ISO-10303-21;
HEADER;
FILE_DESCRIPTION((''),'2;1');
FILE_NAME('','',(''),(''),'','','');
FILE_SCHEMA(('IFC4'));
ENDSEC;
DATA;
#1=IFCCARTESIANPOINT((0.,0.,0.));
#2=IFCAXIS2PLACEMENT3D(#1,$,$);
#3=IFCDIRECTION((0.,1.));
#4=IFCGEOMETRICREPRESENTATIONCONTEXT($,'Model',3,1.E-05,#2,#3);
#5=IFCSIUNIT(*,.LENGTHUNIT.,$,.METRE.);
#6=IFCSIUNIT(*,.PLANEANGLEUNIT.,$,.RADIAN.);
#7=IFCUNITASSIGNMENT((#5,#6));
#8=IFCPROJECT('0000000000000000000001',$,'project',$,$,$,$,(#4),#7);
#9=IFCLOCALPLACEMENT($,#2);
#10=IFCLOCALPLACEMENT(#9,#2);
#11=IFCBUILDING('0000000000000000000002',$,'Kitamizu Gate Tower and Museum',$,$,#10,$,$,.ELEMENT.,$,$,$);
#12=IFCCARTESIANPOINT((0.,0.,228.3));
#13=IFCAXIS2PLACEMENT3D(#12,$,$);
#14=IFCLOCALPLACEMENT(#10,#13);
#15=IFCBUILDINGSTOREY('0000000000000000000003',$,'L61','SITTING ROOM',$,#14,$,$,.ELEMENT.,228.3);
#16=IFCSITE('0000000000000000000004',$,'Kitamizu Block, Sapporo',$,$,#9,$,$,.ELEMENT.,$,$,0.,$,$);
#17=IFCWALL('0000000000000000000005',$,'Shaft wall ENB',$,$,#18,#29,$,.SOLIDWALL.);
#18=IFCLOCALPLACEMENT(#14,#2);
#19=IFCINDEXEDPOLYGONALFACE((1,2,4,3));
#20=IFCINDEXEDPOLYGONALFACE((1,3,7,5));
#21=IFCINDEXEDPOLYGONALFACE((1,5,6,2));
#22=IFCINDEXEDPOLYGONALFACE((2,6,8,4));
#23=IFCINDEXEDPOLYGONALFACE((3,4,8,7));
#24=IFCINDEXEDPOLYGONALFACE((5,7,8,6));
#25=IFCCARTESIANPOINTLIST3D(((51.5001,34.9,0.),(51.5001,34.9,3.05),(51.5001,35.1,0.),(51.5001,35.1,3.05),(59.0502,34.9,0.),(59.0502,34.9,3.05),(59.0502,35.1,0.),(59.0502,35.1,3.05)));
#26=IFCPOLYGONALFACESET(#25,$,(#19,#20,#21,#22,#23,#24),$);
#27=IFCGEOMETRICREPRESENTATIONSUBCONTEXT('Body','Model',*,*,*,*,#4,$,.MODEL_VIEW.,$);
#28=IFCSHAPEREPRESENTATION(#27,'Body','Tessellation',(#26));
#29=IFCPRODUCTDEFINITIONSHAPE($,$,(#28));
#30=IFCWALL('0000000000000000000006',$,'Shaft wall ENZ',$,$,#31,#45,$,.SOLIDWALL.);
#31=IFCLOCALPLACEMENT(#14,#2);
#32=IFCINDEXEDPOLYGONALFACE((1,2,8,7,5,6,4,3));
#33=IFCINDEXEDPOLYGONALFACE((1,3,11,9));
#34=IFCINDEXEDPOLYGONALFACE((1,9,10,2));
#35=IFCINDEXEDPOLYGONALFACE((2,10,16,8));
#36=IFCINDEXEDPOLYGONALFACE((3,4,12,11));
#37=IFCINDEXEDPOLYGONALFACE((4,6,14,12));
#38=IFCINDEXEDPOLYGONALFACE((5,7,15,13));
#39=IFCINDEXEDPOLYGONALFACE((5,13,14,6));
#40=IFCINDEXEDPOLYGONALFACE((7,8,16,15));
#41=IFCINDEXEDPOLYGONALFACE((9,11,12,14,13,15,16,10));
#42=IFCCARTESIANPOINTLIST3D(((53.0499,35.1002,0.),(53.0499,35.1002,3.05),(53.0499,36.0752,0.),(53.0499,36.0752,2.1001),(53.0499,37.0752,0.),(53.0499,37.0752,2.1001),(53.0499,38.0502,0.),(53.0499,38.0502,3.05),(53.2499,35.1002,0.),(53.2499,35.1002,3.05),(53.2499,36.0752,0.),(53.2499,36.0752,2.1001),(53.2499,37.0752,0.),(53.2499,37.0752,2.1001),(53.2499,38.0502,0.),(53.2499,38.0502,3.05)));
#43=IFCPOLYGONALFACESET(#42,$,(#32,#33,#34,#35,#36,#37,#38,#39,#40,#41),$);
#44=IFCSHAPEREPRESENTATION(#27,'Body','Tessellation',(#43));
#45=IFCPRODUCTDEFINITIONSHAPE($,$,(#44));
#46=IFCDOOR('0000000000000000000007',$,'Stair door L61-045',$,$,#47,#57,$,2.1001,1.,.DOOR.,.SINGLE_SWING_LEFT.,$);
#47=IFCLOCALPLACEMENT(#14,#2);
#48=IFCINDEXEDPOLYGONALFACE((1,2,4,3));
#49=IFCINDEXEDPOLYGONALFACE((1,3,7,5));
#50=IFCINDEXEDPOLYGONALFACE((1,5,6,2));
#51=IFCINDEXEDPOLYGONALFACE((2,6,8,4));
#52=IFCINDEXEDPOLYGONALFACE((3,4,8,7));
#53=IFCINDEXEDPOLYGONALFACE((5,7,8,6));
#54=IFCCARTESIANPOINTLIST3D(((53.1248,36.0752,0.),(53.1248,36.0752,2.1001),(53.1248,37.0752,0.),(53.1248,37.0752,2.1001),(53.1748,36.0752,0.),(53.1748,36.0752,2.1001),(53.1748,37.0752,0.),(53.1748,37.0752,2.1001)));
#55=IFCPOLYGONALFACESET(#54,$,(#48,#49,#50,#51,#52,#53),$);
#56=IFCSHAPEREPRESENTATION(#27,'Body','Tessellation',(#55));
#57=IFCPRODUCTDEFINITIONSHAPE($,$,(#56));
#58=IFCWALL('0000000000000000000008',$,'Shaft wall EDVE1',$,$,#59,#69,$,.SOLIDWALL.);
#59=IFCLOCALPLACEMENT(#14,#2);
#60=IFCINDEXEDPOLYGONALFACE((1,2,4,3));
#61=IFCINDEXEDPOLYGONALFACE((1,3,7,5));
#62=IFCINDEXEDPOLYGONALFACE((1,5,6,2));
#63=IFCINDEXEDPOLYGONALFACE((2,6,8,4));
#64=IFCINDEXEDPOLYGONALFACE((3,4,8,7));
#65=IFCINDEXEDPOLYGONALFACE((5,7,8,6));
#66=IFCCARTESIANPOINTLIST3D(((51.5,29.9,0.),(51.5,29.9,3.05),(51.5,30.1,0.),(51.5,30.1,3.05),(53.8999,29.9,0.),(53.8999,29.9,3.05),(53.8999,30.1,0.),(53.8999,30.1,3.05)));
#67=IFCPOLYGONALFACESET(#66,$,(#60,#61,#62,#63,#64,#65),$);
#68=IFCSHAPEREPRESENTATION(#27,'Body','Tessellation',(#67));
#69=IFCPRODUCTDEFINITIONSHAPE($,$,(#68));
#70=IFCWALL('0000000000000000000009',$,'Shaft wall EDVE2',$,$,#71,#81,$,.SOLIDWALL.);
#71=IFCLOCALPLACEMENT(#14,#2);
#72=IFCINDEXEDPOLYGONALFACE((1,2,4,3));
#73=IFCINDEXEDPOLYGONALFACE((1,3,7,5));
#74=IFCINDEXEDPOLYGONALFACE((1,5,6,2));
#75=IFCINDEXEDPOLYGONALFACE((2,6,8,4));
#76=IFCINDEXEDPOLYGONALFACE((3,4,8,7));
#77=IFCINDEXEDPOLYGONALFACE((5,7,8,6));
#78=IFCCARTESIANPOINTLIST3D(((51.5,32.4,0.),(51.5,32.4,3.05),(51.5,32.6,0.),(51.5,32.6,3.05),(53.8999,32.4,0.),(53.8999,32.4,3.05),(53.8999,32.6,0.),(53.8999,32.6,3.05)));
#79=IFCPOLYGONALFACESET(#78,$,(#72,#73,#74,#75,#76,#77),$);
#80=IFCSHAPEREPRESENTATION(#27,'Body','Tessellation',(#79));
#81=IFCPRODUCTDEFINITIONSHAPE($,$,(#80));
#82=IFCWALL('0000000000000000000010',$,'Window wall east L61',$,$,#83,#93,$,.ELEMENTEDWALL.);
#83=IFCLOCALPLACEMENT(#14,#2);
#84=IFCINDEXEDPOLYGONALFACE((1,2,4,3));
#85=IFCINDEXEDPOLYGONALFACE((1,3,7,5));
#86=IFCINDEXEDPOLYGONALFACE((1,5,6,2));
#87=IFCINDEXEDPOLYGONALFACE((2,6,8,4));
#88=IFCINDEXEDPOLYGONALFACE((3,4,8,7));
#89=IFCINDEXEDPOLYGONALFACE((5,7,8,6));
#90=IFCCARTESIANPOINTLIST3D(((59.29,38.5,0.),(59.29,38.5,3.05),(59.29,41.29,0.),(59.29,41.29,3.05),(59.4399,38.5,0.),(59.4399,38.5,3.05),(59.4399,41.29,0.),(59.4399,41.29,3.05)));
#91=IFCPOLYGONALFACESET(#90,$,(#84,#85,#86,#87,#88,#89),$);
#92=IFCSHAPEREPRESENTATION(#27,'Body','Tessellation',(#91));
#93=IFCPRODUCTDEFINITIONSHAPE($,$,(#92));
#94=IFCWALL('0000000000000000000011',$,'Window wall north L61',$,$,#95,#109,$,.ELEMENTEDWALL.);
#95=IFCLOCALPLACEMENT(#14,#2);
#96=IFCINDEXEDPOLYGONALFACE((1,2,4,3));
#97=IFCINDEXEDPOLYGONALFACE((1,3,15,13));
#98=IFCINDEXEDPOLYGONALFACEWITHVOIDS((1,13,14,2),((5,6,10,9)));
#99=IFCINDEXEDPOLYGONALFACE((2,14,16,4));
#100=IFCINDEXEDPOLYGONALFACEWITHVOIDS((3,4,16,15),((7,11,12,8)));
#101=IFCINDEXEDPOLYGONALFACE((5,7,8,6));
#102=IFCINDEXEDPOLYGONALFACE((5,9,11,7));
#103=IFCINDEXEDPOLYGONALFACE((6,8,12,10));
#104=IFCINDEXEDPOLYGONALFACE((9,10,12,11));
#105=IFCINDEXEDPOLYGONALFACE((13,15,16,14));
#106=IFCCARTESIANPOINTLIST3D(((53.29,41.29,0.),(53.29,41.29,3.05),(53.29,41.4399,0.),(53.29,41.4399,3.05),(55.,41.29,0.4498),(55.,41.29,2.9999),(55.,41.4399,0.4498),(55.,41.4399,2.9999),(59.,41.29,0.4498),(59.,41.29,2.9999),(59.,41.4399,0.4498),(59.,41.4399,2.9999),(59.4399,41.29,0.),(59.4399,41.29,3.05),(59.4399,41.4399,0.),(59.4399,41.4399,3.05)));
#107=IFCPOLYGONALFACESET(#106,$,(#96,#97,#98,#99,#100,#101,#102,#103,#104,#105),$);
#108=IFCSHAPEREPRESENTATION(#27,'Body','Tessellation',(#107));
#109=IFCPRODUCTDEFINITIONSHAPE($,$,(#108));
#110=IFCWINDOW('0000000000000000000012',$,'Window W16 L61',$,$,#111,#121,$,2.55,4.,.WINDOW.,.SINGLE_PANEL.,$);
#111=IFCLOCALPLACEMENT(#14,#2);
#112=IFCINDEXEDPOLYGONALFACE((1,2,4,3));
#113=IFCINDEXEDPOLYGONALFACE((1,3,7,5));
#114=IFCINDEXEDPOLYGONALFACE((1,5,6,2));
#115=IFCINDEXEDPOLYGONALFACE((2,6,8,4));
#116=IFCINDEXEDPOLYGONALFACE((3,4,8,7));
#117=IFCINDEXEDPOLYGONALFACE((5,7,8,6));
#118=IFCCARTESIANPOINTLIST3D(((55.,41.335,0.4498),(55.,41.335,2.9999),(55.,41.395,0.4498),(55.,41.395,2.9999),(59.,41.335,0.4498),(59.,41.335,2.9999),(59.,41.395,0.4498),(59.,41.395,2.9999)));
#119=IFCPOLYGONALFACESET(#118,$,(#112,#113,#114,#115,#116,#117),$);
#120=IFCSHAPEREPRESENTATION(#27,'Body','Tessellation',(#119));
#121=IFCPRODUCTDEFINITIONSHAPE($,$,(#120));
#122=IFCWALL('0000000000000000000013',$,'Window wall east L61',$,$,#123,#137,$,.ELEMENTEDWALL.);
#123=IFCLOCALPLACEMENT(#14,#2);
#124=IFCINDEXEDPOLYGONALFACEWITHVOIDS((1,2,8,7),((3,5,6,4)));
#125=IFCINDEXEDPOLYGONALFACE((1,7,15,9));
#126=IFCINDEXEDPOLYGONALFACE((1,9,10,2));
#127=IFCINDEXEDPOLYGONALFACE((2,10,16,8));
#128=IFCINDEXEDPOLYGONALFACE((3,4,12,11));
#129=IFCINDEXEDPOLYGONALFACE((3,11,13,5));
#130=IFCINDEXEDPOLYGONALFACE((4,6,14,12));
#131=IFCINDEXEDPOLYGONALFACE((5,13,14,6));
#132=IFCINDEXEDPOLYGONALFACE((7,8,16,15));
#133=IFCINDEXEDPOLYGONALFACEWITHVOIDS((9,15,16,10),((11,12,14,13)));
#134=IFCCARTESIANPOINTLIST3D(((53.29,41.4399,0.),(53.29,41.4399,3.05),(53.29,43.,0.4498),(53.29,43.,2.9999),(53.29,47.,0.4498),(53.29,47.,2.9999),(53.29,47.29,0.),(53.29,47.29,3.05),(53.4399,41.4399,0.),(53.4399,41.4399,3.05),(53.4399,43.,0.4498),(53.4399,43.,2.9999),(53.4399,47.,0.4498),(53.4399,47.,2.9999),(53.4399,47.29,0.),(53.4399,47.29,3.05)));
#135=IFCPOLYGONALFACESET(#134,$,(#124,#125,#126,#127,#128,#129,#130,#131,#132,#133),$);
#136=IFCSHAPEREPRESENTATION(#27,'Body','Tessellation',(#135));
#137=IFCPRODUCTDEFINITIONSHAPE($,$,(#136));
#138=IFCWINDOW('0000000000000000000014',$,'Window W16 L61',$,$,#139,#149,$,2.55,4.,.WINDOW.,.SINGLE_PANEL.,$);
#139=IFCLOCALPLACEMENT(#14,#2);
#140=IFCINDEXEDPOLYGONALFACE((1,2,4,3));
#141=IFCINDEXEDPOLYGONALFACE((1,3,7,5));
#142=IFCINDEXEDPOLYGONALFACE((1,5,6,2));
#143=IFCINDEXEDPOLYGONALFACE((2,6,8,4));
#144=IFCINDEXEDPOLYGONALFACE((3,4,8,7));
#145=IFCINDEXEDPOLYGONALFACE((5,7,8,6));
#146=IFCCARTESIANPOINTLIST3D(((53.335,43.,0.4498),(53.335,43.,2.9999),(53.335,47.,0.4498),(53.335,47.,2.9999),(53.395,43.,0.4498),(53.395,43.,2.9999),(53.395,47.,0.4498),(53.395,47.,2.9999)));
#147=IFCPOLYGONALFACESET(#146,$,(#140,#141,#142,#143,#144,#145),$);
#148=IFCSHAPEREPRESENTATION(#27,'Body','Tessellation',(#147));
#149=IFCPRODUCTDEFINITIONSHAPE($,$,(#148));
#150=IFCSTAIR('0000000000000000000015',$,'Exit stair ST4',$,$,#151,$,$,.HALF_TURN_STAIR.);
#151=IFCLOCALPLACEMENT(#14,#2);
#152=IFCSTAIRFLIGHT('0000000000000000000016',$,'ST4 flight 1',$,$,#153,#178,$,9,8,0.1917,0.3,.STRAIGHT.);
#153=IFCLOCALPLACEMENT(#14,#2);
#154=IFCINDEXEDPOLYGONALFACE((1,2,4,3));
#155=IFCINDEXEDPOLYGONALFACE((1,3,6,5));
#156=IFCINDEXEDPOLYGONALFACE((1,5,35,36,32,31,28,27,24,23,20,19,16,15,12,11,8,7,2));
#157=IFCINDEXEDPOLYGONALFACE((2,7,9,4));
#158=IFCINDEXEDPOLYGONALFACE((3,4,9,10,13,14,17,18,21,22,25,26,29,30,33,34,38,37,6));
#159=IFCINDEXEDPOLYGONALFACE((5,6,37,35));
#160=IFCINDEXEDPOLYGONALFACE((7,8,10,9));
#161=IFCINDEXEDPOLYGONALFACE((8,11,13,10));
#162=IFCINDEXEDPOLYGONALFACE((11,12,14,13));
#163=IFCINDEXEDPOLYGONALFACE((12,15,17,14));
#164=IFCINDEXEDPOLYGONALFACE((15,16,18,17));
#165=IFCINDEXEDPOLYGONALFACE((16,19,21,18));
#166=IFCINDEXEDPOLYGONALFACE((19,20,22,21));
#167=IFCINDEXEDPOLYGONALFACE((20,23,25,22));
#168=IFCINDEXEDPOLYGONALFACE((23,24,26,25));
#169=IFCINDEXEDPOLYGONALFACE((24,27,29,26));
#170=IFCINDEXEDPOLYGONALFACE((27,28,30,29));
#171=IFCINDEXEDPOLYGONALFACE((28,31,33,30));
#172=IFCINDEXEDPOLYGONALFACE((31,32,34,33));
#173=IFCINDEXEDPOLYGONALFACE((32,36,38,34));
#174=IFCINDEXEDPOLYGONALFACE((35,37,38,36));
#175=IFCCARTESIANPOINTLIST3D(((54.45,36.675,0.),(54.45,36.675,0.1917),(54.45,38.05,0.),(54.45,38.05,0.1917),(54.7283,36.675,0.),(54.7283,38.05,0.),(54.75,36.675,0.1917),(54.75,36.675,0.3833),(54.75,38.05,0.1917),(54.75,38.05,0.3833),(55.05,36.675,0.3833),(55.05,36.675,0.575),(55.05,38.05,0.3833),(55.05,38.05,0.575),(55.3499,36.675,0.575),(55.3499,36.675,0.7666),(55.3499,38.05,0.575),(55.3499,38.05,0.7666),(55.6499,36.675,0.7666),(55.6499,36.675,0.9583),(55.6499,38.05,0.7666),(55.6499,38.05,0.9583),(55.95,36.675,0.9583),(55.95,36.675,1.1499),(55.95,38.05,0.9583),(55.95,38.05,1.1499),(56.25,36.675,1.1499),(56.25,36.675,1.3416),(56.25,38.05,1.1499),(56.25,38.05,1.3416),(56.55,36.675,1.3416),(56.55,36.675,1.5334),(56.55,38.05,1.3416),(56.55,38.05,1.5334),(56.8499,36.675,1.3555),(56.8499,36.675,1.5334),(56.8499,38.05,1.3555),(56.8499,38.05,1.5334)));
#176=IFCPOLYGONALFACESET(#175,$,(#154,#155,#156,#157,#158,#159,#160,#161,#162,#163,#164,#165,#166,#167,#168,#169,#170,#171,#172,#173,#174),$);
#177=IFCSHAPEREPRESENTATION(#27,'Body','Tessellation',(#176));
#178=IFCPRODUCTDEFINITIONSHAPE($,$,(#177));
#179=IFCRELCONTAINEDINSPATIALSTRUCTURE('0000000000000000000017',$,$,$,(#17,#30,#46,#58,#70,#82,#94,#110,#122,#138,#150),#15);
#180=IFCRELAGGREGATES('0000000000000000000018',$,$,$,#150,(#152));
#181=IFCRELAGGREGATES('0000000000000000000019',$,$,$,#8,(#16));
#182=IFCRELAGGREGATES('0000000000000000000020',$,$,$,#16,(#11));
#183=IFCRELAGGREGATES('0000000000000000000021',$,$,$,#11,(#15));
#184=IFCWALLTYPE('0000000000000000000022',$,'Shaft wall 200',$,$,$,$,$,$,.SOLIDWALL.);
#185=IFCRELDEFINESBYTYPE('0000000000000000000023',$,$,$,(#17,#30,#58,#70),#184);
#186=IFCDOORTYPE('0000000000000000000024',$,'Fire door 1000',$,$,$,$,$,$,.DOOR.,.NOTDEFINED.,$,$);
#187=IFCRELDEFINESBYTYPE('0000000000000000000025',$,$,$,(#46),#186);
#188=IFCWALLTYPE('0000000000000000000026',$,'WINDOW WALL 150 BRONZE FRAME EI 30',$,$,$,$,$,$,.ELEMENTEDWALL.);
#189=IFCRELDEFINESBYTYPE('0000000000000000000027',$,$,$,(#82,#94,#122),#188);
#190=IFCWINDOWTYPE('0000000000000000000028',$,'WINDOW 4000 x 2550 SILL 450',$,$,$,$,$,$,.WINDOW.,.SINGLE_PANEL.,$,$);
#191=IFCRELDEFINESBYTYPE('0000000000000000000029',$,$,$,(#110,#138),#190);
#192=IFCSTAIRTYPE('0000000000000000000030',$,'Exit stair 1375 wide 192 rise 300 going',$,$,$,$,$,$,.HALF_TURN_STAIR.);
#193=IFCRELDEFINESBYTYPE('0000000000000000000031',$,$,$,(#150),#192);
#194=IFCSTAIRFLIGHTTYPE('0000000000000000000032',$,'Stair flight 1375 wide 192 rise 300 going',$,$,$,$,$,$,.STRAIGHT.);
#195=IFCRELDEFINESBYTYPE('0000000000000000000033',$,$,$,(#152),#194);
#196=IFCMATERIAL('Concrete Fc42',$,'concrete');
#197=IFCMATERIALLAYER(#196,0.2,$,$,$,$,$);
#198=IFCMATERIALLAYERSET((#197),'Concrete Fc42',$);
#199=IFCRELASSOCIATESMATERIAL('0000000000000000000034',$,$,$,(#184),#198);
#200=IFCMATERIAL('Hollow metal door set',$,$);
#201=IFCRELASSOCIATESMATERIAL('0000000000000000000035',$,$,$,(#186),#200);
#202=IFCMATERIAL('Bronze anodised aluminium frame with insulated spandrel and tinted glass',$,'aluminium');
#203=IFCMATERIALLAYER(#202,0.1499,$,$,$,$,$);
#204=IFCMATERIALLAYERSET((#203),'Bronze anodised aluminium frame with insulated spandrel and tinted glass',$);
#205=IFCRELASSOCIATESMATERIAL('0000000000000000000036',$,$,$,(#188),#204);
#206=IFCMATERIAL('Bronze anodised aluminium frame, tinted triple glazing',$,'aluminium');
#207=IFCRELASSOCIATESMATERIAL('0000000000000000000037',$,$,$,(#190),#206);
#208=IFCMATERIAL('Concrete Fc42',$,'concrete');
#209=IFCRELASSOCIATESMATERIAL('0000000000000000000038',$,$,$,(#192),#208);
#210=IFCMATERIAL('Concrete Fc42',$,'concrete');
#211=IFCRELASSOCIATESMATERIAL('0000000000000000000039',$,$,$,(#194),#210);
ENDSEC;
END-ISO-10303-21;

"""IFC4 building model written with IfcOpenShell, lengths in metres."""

from ifc_helpers import new_model, si_unit, direction, frame, frame_2d, origin, place, context, subcontext, project, spatial, polyline, rectangle, outline, extrude, material, layer, layer_set, type_object, element, fill, aggregate, save


model = new_model("IFC4")

# Units and contexts
model_context = context("Model", 3, precision=1e-05, world=origin(), true_north=direction((0.0, 1.0)))
body_context = subcontext(model_context, "Body", "Model", "MODEL_VIEW")
ifc_project = project(units=[si_unit("LENGTHUNIT", "METRE"), si_unit("PLANEANGLEUNIT", "RADIAN")], contexts=[model_context])

# Site, building, storey
site_placement = place(None, origin())
site = spatial("IfcSite", under=ifc_project, at=site_placement, Name="Kitamizu Block, Sapporo", CompositionType="ELEMENT", RefElevation=0.0)
building_placement = place(site_placement, origin())
building = spatial("IfcBuilding", under=site, at=building_placement, Name="Kitamizu Gate Tower and Museum", CompositionType="ELEMENT")
storey_placement = place(building_placement, frame((0.0, 0.0, 228.3)))
storey = spatial("IfcBuildingStorey", under=building, at=storey_placement, Name="L61", Description="SITTING ROOM", CompositionType="ELEMENT", Elevation=228.3)

# Wall
ifc_material_1 = material(Name="Concrete Fc42", Category="concrete")
ifc_layer_1 = layer(ifc_material_1, 0.2)
ifc_layer_set_1 = layer_set([ifc_layer_1], Name="Concrete Fc42")
wall_type_1 = type_object("IfcWallType", Name="Shaft wall 200", PredefinedType="SOLIDWALL", material=ifc_layer_set_1)
wall_1_placement = place(storey_placement, frame((59.05, 35.0, 0.0), z_axis=(0.0, 0.0, 1.0), x_axis=(-1.0, 0.0, 0.0)))
element("IfcWall", 1, at=wall_1_placement, inside=storey, type_object=wall_type_1, Name="Shaft wall ENB", PredefinedType="SOLIDWALL", context=body_context, shape_type="SweptSolid", body=[
    extrude(rectangle(XDim=7.55, YDim=0.2, at=frame_2d((3.7749, 0.0))), origin(), (0.0, 0.0, 1.0), 3.05),
])

# Wall, opening, door
wall_2_placement = place(storey_placement, frame((53.1499, 35.1001, 0.0), z_axis=(0.0, 0.0, 1.0), x_axis=(0.0, 1.0, 0.0)))
wall_2 = element("IfcWall", 2, at=wall_2_placement, inside=storey, type_object=wall_type_1, Name="Shaft wall ENZ", PredefinedType="SOLIDWALL", context=body_context, shape_type="SweptSolid", body=[
    extrude(rectangle(XDim=2.95, YDim=0.2, at=frame_2d((1.4751, 0.0))), origin(), (0.0, 0.0, 1.0), 3.05),
])
opening_1_placement = place(wall_2_placement, frame((0.9751, 0.0, 0.0)))
opening_1 = element("IfcOpeningElement", 3, at=opening_1_placement, cuts=wall_2, PredefinedType="OPENING", context=body_context, shape_type="SweptSolid", body=[
    extrude(rectangle(XDim=1.0, YDim=2.1001, at=frame_2d((0.5, 1.05))), frame((0.0, 0.1099, 0.0), z_axis=(0.0, -1.0, 0.0), x_axis=(1.0, 0.0, 0.0)), (0.0, 0.0, 1.0), 0.22),
])
ifc_material_2 = material(Name="Hollow metal door set")
door_type_1 = type_object("IfcDoorType", Name="Fire door 1000", OperationType="NOTDEFINED", PredefinedType="DOOR", material=ifc_material_2)
door_1_placement = place(opening_1_placement, frame((1.0, 0.0, 0.0), x_axis=(-1.0, 0.0, 0.0)))
door_1 = element("IfcDoor", 4, at=door_1_placement, inside=storey, type_object=door_type_1, Name="Stair door L61-045", OperationType="SINGLE_SWING_LEFT", OverallHeight=2.1001, OverallWidth=1.0, PredefinedType="DOOR", context=body_context, shape_type="SweptSolid", body=[
    extrude(rectangle(XDim=1.0, YDim=2.1001, at=frame_2d((0.5, 1.05))), frame((0.0, 0.0249, 0.0), z_axis=(0.0, -1.0, 0.0), x_axis=(1.0, 0.0, 0.0)), (0.0, 0.0, 1.0), 0.05),
])
fill(opening_1, door_1)

# Walls
for number, where, z_axis, x_axis, name in (
    (5, (53.8999, 30.0, 0.0), (0.0, 0.0, 1.0), (-1.0, 0.0, 0.0), "Shaft wall EDVE1"),
    (6, (53.8999, 32.5, 0.0), (0.0, 0.0, 1.0), (-1.0, 0.0, 0.0), "Shaft wall EDVE2"),
):
    element("IfcWall", number, at=place(storey_placement, frame(where, z_axis=z_axis, x_axis=x_axis)), inside=storey, type_object=wall_type_1, Name=name, PredefinedType="SOLIDWALL", context=body_context, shape_type="SweptSolid", body=[
        extrude(rectangle(XDim=2.3999, YDim=0.2, at=frame_2d((1.2, 0.0))), origin(), (0.0, 0.0, 1.0), 3.05),
    ])
ifc_material_3 = material(Name="Bronze anodised aluminium frame with insulated spandrel and tinted glass", Category="aluminium")
ifc_layer_2 = layer(ifc_material_3, 0.1499)
ifc_layer_set_2 = layer_set([ifc_layer_2], Name="Bronze anodised aluminium frame with insulated spandrel and tinted glass")
wall_type_2 = type_object("IfcWallType", Name="WINDOW WALL 150 BRONZE FRAME EI 30", PredefinedType="ELEMENTEDWALL", material=ifc_layer_set_2)
wall_3_placement = place(storey_placement, frame((59.365, 38.5, 0.0), z_axis=(0.0, 0.0, 1.0), x_axis=(0.0, 1.0, 0.0)))
element("IfcWall", 7, at=wall_3_placement, inside=storey, type_object=wall_type_2, Name="Window wall east L61", PredefinedType="ELEMENTEDWALL", context=body_context, shape_type="SweptSolid", body=[
    extrude(rectangle(XDim=2.79, YDim=0.1499, at=frame_2d((1.395, 0.0))), origin(), (0.0, 0.0, 1.0), 3.05),
])

# Walls, openings, windows
wall_4_placement = place(storey_placement, frame((53.29, 41.365, 0.0), z_axis=(0.0, 0.0, 1.0), x_axis=(1.0, 0.0, 0.0)))
wall_4 = element("IfcWall", 8, at=wall_4_placement, inside=storey, type_object=wall_type_2, Name="Window wall north L61", PredefinedType="ELEMENTEDWALL", context=body_context, shape_type="SweptSolid", body=[
    extrude(rectangle(XDim=6.1499, YDim=0.1499, at=frame_2d((3.075, 0.0))), origin(), (0.0, 0.0, 1.0), 3.05),
])
opening_2_placement = place(wall_4_placement, frame((1.71, 0.0, 0.45)))
opening_2 = element("IfcOpeningElement", 9, at=opening_2_placement, cuts=wall_4, PredefinedType="OPENING", context=body_context, shape_type="SweptSolid", body=[
    extrude(rectangle(XDim=4.0, YDim=2.55, at=frame_2d((2.0, 1.2749))), frame((0.0, 0.085, 0.0), z_axis=(0.0, -1.0, 0.0), x_axis=(1.0, 0.0, 0.0)), (0.0, 0.0, 1.0), 0.1699),
])
ifc_material_4 = material(Name="Bronze anodised aluminium frame, tinted triple glazing", Category="aluminium")
window_type = type_object("IfcWindowType", Name="WINDOW 4000 x 2550 SILL 450", PartitioningType="SINGLE_PANEL", PredefinedType="WINDOW", material=ifc_material_4)
window_1_placement = place(opening_2_placement, origin())
window_1 = element("IfcWindow", 10, at=window_1_placement, inside=storey, type_object=window_type, Name="Window W16 L61", OverallHeight=2.55, OverallWidth=4.0, PartitioningType="SINGLE_PANEL", PredefinedType="WINDOW", context=body_context, shape_type="SweptSolid", body=[
    extrude(rectangle(XDim=4.0, YDim=2.55, at=frame_2d((2.0, 1.2749))), frame((0.0, 0.03, 0.0), z_axis=(0.0, -1.0, 0.0), x_axis=(1.0, 0.0, 0.0)), (0.0, 0.0, 1.0), 0.0601),
])
fill(opening_2, window_1)
wall_5_placement = place(storey_placement, frame((53.365, 41.4399, 0.0), z_axis=(0.0, 0.0, 1.0), x_axis=(0.0, 1.0, 0.0)))
wall_5 = element("IfcWall", 11, at=wall_5_placement, inside=storey, type_object=wall_type_2, Name="Window wall east L61", PredefinedType="ELEMENTEDWALL", context=body_context, shape_type="SweptSolid", body=[
    extrude(rectangle(XDim=5.8501, YDim=0.1499, at=frame_2d((2.925, 0.0))), origin(), (0.0, 0.0, 1.0), 3.05),
])
opening_3_placement = place(wall_5_placement, frame((1.5601, 0.0, 0.45)))
opening_3 = element("IfcOpeningElement", 12, at=opening_3_placement, cuts=wall_5, PredefinedType="OPENING", context=body_context, shape_type="SweptSolid", body=[
    extrude(rectangle(XDim=4.0, YDim=2.55, at=frame_2d((2.0, 1.2749))), frame((0.0, 0.085, 0.0), z_axis=(0.0, -1.0, 0.0), x_axis=(1.0, 0.0, 0.0)), (0.0, 0.0, 1.0), 0.1699),
])
window_2_placement = place(opening_3_placement, origin())
window_2 = element("IfcWindow", 13, at=window_2_placement, inside=storey, type_object=window_type, Name="Window W16 L61", OverallHeight=2.55, OverallWidth=4.0, PartitioningType="SINGLE_PANEL", PredefinedType="WINDOW", context=body_context, shape_type="SweptSolid", body=[
    extrude(rectangle(XDim=4.0, YDim=2.55, at=frame_2d((2.0, 1.2749))), frame((0.0, 0.03, 0.0), z_axis=(0.0, -1.0, 0.0), x_axis=(1.0, 0.0, 0.0)), (0.0, 0.0, 1.0), 0.0601),
])
fill(opening_3, window_2)

# Stair, stair flight
ifc_material_5 = material(Name="Concrete Fc42", Category="concrete")
stair_type = type_object("IfcStairType", Name="Exit stair 1375 wide 192 rise 300 going", PredefinedType="HALF_TURN_STAIR", material=ifc_material_5)
stair_placement = place(storey_placement, origin())
stair = element("IfcStair", 14, at=stair_placement, inside=storey, type_object=stair_type, Name="Exit stair ST4", PredefinedType="HALF_TURN_STAIR")
ifc_material_6 = material(Name="Concrete Fc42", Category="concrete")
stair_flight_type = type_object("IfcStairFlightType", Name="Stair flight 1375 wide 192 rise 300 going", PredefinedType="STRAIGHT", material=ifc_material_6)
stair_flight_1_placement = place(storey_placement, frame((54.45, 37.3625, 0.0), z_axis=(0.0, 0.0, 1.0), x_axis=(1.0, 0.0, 0.0)))
stair_flight_1 = element("IfcStairFlight", 15, at=stair_flight_1_placement, type_object=stair_flight_type, Name="ST4 flight 1", NumberOfRisers=9, NumberOfTreads=8, PredefinedType="STRAIGHT", RiserHeight=0.1917, TreadLength=0.3, context=body_context, shape_type="SweptSolid", body=[
    extrude(outline(polyline([(0.0, 0.0), (0.0, 0.1917), (0.3, 0.1917), (0.3, 0.3833), (0.6001, 0.3833), (0.6001, 0.575), (0.8999, 0.575), (0.8999, 0.7666), (1.2, 0.7666), (1.2, 0.9583), (1.5, 0.9583), (1.5, 1.1499), (1.8, 1.1499), (1.8, 1.3416), (2.1001, 1.3416), (2.1001, 1.5334), (2.3999, 1.5334), (2.3999, 1.7251), (2.3999, 1.3555), (0.2783, 0.0), (0.0, 0.0)])), frame((0.0, 0.6875, 0.0), z_axis=(0.0, -1.0, 0.0), x_axis=(1.0, 0.0, 0.0)), (0.0, 0.0, 1.0), 1.375),
])
aggregate(stair, [stair_flight_1])

save(model, "model.ifc")
